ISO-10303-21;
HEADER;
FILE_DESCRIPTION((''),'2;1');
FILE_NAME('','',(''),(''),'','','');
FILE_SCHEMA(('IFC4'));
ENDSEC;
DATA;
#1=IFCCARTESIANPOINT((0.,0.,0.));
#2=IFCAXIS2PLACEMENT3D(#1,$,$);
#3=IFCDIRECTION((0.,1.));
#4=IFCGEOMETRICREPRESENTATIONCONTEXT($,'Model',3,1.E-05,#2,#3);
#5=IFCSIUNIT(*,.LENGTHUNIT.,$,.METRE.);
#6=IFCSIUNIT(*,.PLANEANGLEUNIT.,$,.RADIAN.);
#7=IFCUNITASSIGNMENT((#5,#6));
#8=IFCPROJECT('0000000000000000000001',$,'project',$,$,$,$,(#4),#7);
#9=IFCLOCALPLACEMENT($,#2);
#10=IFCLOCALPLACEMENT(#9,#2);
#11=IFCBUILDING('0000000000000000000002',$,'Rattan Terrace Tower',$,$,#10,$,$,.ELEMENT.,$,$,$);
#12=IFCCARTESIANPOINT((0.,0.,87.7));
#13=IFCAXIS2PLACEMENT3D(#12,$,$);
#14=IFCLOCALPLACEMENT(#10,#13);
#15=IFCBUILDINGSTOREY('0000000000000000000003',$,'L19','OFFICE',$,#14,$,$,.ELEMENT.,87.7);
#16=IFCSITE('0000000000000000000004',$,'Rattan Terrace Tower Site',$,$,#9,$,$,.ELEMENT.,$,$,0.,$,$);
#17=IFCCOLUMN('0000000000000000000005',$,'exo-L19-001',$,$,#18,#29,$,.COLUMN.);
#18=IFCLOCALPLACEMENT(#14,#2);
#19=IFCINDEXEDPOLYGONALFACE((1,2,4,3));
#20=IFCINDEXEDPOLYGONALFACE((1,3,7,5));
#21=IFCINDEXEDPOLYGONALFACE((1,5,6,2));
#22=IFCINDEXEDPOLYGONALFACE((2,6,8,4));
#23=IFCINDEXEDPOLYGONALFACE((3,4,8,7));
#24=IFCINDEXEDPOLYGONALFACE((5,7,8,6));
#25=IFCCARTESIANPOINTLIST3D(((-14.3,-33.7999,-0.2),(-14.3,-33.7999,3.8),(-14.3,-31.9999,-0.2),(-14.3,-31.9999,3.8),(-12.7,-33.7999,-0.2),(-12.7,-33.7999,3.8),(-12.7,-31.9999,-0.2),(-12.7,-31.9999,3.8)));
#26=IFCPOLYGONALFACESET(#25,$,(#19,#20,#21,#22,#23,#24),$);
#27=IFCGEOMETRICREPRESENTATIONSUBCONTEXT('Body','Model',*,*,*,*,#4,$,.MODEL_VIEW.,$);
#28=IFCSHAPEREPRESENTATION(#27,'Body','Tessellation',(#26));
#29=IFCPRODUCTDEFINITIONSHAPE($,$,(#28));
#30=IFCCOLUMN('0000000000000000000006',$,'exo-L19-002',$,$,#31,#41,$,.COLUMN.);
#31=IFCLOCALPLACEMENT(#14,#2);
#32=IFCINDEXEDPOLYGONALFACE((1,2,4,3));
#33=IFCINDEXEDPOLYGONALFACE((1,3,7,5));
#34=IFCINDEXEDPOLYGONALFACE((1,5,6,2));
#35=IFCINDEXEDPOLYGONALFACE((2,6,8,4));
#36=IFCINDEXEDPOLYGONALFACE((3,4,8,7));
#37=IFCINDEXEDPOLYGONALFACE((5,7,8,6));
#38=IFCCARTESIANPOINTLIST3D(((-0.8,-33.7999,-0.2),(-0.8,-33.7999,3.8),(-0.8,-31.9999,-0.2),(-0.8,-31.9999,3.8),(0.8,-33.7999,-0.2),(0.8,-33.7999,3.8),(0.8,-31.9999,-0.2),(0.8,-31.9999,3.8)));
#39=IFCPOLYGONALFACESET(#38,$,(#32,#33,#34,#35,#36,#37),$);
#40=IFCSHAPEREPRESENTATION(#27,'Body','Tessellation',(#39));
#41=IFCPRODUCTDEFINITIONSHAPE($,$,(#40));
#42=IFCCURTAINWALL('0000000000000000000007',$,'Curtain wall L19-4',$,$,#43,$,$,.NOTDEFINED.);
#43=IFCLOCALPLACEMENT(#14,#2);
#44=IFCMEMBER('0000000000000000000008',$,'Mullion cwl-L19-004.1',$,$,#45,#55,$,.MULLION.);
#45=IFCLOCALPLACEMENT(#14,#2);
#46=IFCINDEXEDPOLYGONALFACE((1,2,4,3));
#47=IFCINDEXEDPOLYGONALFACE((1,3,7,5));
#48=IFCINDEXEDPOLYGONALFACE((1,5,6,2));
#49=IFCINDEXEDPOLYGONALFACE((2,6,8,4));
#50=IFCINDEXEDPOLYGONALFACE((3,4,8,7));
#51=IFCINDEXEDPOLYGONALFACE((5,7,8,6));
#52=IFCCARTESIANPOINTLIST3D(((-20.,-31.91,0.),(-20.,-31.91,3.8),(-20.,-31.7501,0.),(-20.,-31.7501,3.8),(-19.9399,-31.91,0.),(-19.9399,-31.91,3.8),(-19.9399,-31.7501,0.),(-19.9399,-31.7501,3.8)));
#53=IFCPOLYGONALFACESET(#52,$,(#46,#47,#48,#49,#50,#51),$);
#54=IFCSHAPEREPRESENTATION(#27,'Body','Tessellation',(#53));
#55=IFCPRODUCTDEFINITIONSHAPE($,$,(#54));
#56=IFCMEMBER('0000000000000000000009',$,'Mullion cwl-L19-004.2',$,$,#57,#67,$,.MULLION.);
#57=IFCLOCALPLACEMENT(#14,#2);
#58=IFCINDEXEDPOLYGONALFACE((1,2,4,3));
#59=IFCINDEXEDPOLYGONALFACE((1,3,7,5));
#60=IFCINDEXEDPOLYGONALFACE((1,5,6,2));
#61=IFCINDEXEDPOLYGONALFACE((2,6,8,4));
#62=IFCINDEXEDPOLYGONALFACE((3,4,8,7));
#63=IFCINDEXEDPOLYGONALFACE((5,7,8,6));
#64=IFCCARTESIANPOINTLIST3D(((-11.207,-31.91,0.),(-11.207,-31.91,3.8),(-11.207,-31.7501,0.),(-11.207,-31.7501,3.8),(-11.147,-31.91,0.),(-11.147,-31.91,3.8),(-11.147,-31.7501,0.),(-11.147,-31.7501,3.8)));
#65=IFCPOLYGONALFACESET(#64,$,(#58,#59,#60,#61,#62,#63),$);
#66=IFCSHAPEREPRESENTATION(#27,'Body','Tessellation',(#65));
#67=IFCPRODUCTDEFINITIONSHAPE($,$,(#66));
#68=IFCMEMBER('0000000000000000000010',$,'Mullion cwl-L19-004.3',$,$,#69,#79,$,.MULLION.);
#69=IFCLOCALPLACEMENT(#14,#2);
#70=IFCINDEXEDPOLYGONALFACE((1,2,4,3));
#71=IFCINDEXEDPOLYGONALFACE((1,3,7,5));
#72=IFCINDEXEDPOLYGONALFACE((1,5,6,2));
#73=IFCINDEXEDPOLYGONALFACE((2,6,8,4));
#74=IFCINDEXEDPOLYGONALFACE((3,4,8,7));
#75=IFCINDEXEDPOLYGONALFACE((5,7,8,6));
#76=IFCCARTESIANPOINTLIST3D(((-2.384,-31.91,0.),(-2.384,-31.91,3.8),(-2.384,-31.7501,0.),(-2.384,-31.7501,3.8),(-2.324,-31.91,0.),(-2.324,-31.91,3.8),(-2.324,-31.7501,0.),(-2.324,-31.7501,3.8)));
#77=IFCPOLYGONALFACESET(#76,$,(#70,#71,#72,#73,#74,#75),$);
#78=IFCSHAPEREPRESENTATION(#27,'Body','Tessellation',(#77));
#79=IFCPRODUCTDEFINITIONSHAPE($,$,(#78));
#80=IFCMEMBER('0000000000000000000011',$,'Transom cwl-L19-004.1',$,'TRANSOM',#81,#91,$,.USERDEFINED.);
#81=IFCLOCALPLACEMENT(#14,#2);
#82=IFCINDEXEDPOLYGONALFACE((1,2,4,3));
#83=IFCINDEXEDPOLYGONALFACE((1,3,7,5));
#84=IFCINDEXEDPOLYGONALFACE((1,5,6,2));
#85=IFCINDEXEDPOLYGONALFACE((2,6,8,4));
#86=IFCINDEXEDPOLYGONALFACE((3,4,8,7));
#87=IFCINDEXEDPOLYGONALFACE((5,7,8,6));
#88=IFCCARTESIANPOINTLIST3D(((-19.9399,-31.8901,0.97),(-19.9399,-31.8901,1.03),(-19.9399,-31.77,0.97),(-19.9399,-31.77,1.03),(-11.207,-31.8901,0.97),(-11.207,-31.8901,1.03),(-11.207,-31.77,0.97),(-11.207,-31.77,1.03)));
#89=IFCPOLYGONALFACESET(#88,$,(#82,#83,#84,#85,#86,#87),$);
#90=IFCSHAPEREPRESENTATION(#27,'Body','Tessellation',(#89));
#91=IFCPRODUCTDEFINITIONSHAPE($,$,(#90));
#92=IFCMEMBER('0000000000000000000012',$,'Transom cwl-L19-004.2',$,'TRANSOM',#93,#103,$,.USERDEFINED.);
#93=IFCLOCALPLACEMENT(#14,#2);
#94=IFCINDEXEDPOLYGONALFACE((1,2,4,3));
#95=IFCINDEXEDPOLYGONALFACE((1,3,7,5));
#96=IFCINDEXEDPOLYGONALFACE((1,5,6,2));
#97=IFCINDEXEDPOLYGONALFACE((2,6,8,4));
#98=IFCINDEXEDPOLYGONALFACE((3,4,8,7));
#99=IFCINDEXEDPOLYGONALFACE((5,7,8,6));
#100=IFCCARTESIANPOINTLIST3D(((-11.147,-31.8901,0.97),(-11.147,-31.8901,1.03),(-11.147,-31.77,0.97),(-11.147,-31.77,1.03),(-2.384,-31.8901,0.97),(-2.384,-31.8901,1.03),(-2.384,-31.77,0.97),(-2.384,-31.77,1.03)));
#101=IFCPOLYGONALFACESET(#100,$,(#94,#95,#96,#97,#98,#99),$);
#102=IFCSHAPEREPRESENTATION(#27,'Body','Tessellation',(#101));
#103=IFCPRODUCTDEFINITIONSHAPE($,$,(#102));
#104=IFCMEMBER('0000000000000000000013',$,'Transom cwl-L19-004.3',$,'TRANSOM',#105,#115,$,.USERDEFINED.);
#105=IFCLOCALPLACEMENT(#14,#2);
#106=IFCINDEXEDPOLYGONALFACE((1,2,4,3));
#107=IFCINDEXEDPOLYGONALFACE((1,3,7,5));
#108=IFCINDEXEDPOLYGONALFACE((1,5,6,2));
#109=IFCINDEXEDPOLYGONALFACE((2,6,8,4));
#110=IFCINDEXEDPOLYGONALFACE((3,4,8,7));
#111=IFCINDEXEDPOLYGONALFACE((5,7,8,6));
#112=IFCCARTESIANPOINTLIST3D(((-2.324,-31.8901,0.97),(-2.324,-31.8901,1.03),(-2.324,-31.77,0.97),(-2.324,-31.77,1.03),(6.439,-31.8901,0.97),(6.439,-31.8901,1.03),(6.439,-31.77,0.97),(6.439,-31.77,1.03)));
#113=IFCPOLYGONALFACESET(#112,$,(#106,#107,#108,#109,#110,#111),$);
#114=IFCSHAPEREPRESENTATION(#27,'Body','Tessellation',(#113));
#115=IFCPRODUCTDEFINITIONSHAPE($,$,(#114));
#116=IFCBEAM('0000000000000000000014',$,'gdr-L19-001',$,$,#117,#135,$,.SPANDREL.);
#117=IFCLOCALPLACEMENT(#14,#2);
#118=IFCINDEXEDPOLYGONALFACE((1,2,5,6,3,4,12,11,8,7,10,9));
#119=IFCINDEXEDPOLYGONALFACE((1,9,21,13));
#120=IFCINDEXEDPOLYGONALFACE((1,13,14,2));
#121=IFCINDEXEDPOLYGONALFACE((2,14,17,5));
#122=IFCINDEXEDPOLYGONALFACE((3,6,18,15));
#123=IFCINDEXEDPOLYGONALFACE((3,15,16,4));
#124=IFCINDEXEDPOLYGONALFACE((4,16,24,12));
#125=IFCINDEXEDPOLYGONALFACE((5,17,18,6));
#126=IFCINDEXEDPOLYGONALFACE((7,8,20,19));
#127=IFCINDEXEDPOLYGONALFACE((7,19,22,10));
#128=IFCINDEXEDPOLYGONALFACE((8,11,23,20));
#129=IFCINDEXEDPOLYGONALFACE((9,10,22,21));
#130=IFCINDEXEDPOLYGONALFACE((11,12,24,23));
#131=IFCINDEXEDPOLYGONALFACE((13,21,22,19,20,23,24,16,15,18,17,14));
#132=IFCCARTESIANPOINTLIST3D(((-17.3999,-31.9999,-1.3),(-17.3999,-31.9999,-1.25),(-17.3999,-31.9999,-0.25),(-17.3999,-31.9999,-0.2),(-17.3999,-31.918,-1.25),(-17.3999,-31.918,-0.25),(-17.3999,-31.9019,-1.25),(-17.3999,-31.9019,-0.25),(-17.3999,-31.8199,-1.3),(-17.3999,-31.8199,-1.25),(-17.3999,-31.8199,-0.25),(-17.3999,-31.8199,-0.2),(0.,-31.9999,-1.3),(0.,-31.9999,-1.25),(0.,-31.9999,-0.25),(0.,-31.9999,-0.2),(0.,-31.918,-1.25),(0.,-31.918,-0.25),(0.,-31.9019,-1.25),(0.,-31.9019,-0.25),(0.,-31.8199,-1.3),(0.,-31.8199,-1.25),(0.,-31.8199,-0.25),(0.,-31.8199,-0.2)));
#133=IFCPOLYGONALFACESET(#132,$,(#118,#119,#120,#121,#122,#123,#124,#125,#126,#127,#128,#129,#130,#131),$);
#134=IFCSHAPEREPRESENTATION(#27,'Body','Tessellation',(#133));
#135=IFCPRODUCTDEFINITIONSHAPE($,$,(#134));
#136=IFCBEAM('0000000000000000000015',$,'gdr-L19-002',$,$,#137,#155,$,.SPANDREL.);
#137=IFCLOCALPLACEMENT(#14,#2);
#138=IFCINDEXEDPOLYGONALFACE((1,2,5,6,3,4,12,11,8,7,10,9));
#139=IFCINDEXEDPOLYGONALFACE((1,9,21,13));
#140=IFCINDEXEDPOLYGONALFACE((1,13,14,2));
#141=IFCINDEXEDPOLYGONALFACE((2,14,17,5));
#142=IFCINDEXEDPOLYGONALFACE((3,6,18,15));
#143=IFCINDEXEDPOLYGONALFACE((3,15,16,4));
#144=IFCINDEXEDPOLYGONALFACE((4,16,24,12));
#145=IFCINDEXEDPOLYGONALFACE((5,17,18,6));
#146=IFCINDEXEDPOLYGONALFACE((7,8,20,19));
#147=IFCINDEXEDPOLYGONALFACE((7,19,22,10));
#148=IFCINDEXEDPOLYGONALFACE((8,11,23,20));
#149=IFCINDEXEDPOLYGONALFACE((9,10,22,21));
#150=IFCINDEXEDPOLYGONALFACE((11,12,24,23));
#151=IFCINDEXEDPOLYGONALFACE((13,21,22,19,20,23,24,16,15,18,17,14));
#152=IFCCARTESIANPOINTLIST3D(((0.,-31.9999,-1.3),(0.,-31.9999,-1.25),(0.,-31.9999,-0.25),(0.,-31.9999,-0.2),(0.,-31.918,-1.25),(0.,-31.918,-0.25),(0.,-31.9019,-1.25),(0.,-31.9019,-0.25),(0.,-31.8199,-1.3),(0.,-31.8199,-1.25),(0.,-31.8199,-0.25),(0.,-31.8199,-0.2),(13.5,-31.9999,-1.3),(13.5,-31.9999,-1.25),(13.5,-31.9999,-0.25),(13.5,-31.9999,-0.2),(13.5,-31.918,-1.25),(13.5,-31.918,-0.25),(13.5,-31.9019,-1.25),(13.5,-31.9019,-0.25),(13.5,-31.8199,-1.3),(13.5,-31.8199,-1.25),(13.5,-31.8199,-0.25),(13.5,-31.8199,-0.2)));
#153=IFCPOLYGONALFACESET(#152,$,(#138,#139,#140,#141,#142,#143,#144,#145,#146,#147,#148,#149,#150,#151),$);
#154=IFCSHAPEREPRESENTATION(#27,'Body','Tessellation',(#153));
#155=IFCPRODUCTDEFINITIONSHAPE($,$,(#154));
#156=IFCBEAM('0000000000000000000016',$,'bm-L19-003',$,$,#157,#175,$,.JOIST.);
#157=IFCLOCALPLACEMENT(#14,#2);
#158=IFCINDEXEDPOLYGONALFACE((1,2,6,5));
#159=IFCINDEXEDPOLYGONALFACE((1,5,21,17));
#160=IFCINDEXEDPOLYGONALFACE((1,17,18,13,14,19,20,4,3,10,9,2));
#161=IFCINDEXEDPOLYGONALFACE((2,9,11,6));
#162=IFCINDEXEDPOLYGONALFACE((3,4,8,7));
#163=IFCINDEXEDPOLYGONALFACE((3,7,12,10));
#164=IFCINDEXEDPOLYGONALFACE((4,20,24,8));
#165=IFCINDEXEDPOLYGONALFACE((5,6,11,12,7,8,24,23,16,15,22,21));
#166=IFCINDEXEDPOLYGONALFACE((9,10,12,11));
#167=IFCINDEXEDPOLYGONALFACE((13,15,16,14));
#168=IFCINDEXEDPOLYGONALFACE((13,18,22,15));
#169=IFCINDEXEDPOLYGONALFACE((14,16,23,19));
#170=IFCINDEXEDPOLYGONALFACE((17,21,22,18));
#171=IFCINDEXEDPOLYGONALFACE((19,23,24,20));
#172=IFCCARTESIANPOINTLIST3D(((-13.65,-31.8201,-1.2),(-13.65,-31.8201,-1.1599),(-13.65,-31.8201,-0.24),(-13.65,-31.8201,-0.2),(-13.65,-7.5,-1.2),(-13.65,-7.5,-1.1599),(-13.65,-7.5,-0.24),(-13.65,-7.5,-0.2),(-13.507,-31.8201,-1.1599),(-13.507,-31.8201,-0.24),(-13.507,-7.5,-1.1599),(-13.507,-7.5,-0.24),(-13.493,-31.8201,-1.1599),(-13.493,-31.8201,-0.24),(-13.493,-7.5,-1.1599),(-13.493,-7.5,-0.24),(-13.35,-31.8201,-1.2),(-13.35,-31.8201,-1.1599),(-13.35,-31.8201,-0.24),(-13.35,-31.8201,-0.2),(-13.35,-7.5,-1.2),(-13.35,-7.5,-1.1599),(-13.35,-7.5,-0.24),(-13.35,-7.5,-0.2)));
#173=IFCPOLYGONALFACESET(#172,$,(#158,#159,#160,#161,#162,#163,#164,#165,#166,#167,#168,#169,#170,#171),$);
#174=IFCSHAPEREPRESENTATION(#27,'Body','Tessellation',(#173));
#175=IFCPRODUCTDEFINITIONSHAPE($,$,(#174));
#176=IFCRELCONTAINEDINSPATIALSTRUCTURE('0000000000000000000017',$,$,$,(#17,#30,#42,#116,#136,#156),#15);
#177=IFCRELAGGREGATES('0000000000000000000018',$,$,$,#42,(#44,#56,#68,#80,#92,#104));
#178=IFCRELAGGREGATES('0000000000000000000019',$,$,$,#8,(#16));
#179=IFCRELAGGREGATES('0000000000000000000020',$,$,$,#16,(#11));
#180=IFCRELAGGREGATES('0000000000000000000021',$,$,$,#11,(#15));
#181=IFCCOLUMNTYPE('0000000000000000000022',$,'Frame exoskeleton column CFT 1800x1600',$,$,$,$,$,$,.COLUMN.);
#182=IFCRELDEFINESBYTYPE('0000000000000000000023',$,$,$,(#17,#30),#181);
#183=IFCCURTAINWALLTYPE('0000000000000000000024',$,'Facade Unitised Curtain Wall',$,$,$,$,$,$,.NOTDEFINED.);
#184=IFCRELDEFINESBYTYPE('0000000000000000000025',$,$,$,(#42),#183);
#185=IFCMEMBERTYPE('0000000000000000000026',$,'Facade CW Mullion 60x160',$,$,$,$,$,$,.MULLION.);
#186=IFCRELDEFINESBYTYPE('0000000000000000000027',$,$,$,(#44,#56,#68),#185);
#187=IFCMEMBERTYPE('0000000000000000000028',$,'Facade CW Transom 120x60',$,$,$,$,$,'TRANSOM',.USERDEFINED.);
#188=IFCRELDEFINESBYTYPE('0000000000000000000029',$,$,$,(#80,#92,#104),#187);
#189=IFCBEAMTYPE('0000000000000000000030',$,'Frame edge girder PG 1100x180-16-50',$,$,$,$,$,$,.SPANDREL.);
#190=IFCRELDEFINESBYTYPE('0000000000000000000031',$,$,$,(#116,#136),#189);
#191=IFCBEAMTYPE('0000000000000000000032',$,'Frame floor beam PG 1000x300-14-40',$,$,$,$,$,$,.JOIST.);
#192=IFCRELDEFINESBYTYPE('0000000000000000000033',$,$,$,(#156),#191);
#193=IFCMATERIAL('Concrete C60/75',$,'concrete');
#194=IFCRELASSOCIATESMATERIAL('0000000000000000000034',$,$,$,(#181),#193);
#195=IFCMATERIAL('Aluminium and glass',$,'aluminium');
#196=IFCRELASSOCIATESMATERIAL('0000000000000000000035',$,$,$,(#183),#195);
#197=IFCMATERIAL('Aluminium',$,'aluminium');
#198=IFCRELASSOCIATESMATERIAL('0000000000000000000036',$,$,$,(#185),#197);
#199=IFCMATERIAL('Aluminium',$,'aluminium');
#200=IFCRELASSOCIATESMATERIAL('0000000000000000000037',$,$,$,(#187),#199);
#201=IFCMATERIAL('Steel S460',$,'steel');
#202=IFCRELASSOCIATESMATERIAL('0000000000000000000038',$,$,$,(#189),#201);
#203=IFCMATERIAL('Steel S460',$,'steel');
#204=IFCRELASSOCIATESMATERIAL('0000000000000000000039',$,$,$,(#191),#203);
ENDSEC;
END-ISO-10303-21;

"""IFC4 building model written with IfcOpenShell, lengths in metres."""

from ifc_helpers import new_model, si_unit, direction, frame, origin, origin_2d, place, context, subcontext, project, spatial, rectangle, i_section, extrude, material, material_profile, profile_set, type_object, element, aggregate, save


model = new_model("IFC4")

# Units and contexts
model_context = context("Model", 3, precision=1e-05, world=origin(), true_north=direction((0.0, 1.0)))
body_context = subcontext(model_context, "Body", "Model", "MODEL_VIEW")
ifc_project = project(units=[si_unit("LENGTHUNIT", "METRE"), si_unit("PLANEANGLEUNIT", "RADIAN")], contexts=[model_context])

# Site, building, storey
site_placement = place(None, origin())
site = spatial("IfcSite", under=ifc_project, at=site_placement, Name="Rattan Terrace Tower Site", CompositionType="ELEMENT", RefElevation=0.0)
building_placement = place(site_placement, origin())
building = spatial("IfcBuilding", under=site, at=building_placement, Name="Rattan Terrace Tower", CompositionType="ELEMENT")
storey_placement = place(building_placement, frame((0.0, 0.0, 87.7)))
storey = spatial("IfcBuildingStorey", under=building, at=storey_placement, Name="L19", Description="OFFICE", CompositionType="ELEMENT", Elevation=87.7)

# Columns
ifc_material_1 = material(Name="Concrete C60/75", Category="concrete")
ifc_material_profile_1 = material_profile(ifc_material_1, rectangle(XDim=1.6001, YDim=1.8, at=origin_2d()), Name="CFT 1800x1600")
ifc_profile_set_1 = profile_set([ifc_material_profile_1], Name="Concrete C60/75")
column_type = type_object("IfcColumnType", Name="Frame exoskeleton column CFT 1800x1600", PredefinedType="COLUMN", material=ifc_profile_set_1)
for number, where, z_axis, x_axis, name in (
    (1, (-13.5, -32.8999, -0.2), (0.0, 0.0, 1.0), (1.0, 0.0, 0.0), "exo-L19-001"),
    (2, (0.0, -32.8999, -0.2), (0.0, 0.0, 1.0), (1.0, 0.0, 0.0), "exo-L19-002"),
):
    element("IfcColumn", number, at=place(storey_placement, frame(where, z_axis=z_axis, x_axis=x_axis)), inside=storey, type_object=column_type, Name=name, PredefinedType="COLUMN", context=body_context, shape_type="SweptSolid", body=[
        extrude(rectangle(XDim=1.6001, YDim=1.8, at=origin_2d()), origin(), (0.0, 0.0, 1.0), 4.0),
    ])

# Curtain wall, members
ifc_material_2 = material(Name="Aluminium and glass", Category="aluminium")
curtain_wall_type = type_object("IfcCurtainWallType", Name="Facade Unitised Curtain Wall", PredefinedType="NOTDEFINED", material=ifc_material_2)
curtain_wall_placement = place(storey_placement, origin())
curtain_wall = element("IfcCurtainWall", 3, at=curtain_wall_placement, inside=storey, type_object=curtain_wall_type, Name="Curtain wall L19-4", PredefinedType="NOTDEFINED")
ifc_material_3 = material(Name="Aluminium", Category="aluminium")
ifc_material_profile_2 = material_profile(ifc_material_3, rectangle(XDim=0.0601, YDim=0.1599, at=origin_2d()), Name="Aluminium 60x160")
ifc_profile_set_2 = profile_set([ifc_material_profile_2], Name="Aluminium")
member_type_1 = type_object("IfcMemberType", Name="Facade CW Mullion 60x160", PredefinedType="MULLION", material=ifc_profile_set_2)
member_1_placement = place(storey_placement, frame((-19.97, -31.8301, 0.0), z_axis=(0.0, 0.0, 1.0), x_axis=(1.0, 0.0, 0.0)))
member_1 = element("IfcMember", 4, at=member_1_placement, type_object=member_type_1, Name="Mullion cwl-L19-004.1", PredefinedType="MULLION", context=body_context, shape_type="SweptSolid", body=[
    extrude(rectangle(XDim=0.0601, YDim=0.1599, at=origin_2d()), origin(), (0.0, 0.0, 1.0), 3.8),
])
member_2_placement = place(storey_placement, frame((-11.177, -31.8301, 0.0), z_axis=(0.0, 0.0, 1.0), x_axis=(1.0, 0.0, 0.0)))
member_2 = element("IfcMember", 5, at=member_2_placement, type_object=member_type_1, Name="Mullion cwl-L19-004.2", PredefinedType="MULLION", context=body_context, shape_type="SweptSolid", body=[
    extrude(rectangle(XDim=0.0601, YDim=0.1599, at=origin_2d()), origin(), (0.0, 0.0, 1.0), 3.8),
])
member_3_placement = place(storey_placement, frame((-2.354, -31.8301, 0.0), z_axis=(0.0, 0.0, 1.0), x_axis=(1.0, 0.0, 0.0)))
member_3 = element("IfcMember", 6, at=member_3_placement, type_object=member_type_1, Name="Mullion cwl-L19-004.3", PredefinedType="MULLION", context=body_context, shape_type="SweptSolid", body=[
    extrude(rectangle(XDim=0.0601, YDim=0.1599, at=origin_2d()), origin(), (0.0, 0.0, 1.0), 3.8),
])
ifc_material_4 = material(Name="Aluminium", Category="aluminium")
ifc_material_profile_3 = material_profile(ifc_material_4, rectangle(XDim=0.1201, YDim=0.0601, at=origin_2d()), Name="Aluminium 120x60")
ifc_profile_set_3 = profile_set([ifc_material_profile_3], Name="Aluminium")
member_type_2 = type_object("IfcMemberType", Name="Facade CW Transom 120x60", ElementType="TRANSOM", PredefinedType="USERDEFINED", material=ifc_profile_set_3)
member_4_placement = place(storey_placement, frame((-19.9399, -31.8301, 1.0), z_axis=(1.0, 0.0, 0.0), x_axis=(0.0, 1.0, 0.0)))
member_4 = element("IfcMember", 7, at=member_4_placement, type_object=member_type_2, Name="Transom cwl-L19-004.1", ObjectType="TRANSOM", PredefinedType="USERDEFINED", context=body_context, shape_type="SweptSolid", body=[
    extrude(rectangle(XDim=0.1201, YDim=0.0601, at=origin_2d()), origin(), (0.0, 0.0, 1.0), 8.7329),
])
member_5_placement = place(storey_placement, frame((-11.147, -31.8301, 1.0), z_axis=(1.0, 0.0, 0.0), x_axis=(0.0, 1.0, 0.0)))
member_5 = element("IfcMember", 8, at=member_5_placement, type_object=member_type_2, Name="Transom cwl-L19-004.2", ObjectType="TRANSOM", PredefinedType="USERDEFINED", context=body_context, shape_type="SweptSolid", body=[
    extrude(rectangle(XDim=0.1201, YDim=0.0601, at=origin_2d()), origin(), (0.0, 0.0, 1.0), 8.7629),
])
member_6_placement = place(storey_placement, frame((-2.324, -31.8301, 1.0), z_axis=(1.0, 0.0, 0.0), x_axis=(0.0, 1.0, 0.0)))
member_6 = element("IfcMember", 9, at=member_6_placement, type_object=member_type_2, Name="Transom cwl-L19-004.3", ObjectType="TRANSOM", PredefinedType="USERDEFINED", context=body_context, shape_type="SweptSolid", body=[
    extrude(rectangle(XDim=0.1201, YDim=0.0601, at=origin_2d()), origin(), (0.0, 0.0, 1.0), 8.7629),
])

# Beams
ifc_material_5 = material(Name="Steel S460", Category="steel")
ifc_material_profile_4 = material_profile(ifc_material_5, i_section(OverallWidth=0.1799, OverallDepth=1.1001, WebThickness=0.0161, FlangeThickness=0.05, at=origin_2d()), Name="PG 1100x180-16-50")
ifc_profile_set_4 = profile_set([ifc_material_profile_4], Name="Steel S460")
beam_type_1 = type_object("IfcBeamType", Name="Frame edge girder PG 1100x180-16-50", PredefinedType="SPANDREL", material=ifc_profile_set_4)
beam_1_placement = place(storey_placement, frame((-17.3999, -31.9099, -0.75), z_axis=(1.0, 0.0, 0.0), x_axis=(0.0, 1.0, 0.0)))
element("IfcBeam", 10, at=beam_1_placement, inside=storey, type_object=beam_type_1, Name="gdr-L19-001", PredefinedType="SPANDREL", context=body_context, shape_type="SweptSolid", body=[
    extrude(i_section(OverallWidth=0.1799, OverallDepth=1.1001, WebThickness=0.0161, FlangeThickness=0.05, at=origin_2d()), origin(), (0.0, 0.0, 1.0), 17.3999),
])
beam_2_placement = place(storey_placement, frame((0.0, -31.9099, -0.75), z_axis=(1.0, 0.0, 0.0), x_axis=(0.0, 1.0, 0.0)))
element("IfcBeam", 11, at=beam_2_placement, inside=storey, type_object=beam_type_1, Name="gdr-L19-002", PredefinedType="SPANDREL", context=body_context, shape_type="SweptSolid", body=[
    extrude(i_section(OverallWidth=0.1799, OverallDepth=1.1001, WebThickness=0.0161, FlangeThickness=0.05, at=origin_2d()), origin(), (0.0, 0.0, 1.0), 13.5),
])
ifc_material_6 = material(Name="Steel S460", Category="steel")
ifc_material_profile_5 = material_profile(ifc_material_6, i_section(OverallWidth=0.3, OverallDepth=1.0, WebThickness=0.0139, FlangeThickness=0.04, at=origin_2d()), Name="PG 1000x300-14-40")
ifc_profile_set_5 = profile_set([ifc_material_profile_5], Name="Steel S460")
beam_type_2 = type_object("IfcBeamType", Name="Frame floor beam PG 1000x300-14-40", PredefinedType="JOIST", material=ifc_profile_set_5)
for number, where, z_axis, x_axis, name in (
    (12, (-13.5, -31.8201, -0.7), (0.0, 1.0, 0.0), (-1.0, 0.0, 0.0), "bm-L19-003"),
):
    element("IfcBeam", number, at=place(storey_placement, frame(where, z_axis=z_axis, x_axis=x_axis)), inside=storey, type_object=beam_type_2, Name=name, PredefinedType="JOIST", context=body_context, shape_type="SweptSolid", body=[
        extrude(i_section(OverallWidth=0.3, OverallDepth=1.0, WebThickness=0.0139, FlangeThickness=0.04, at=origin_2d()), origin(), (0.0, 0.0, 1.0), 24.3201),
    ])

aggregate(curtain_wall, [member_1, member_2, member_3, member_4, member_5, member_6])

save(model, "model.ifc")
